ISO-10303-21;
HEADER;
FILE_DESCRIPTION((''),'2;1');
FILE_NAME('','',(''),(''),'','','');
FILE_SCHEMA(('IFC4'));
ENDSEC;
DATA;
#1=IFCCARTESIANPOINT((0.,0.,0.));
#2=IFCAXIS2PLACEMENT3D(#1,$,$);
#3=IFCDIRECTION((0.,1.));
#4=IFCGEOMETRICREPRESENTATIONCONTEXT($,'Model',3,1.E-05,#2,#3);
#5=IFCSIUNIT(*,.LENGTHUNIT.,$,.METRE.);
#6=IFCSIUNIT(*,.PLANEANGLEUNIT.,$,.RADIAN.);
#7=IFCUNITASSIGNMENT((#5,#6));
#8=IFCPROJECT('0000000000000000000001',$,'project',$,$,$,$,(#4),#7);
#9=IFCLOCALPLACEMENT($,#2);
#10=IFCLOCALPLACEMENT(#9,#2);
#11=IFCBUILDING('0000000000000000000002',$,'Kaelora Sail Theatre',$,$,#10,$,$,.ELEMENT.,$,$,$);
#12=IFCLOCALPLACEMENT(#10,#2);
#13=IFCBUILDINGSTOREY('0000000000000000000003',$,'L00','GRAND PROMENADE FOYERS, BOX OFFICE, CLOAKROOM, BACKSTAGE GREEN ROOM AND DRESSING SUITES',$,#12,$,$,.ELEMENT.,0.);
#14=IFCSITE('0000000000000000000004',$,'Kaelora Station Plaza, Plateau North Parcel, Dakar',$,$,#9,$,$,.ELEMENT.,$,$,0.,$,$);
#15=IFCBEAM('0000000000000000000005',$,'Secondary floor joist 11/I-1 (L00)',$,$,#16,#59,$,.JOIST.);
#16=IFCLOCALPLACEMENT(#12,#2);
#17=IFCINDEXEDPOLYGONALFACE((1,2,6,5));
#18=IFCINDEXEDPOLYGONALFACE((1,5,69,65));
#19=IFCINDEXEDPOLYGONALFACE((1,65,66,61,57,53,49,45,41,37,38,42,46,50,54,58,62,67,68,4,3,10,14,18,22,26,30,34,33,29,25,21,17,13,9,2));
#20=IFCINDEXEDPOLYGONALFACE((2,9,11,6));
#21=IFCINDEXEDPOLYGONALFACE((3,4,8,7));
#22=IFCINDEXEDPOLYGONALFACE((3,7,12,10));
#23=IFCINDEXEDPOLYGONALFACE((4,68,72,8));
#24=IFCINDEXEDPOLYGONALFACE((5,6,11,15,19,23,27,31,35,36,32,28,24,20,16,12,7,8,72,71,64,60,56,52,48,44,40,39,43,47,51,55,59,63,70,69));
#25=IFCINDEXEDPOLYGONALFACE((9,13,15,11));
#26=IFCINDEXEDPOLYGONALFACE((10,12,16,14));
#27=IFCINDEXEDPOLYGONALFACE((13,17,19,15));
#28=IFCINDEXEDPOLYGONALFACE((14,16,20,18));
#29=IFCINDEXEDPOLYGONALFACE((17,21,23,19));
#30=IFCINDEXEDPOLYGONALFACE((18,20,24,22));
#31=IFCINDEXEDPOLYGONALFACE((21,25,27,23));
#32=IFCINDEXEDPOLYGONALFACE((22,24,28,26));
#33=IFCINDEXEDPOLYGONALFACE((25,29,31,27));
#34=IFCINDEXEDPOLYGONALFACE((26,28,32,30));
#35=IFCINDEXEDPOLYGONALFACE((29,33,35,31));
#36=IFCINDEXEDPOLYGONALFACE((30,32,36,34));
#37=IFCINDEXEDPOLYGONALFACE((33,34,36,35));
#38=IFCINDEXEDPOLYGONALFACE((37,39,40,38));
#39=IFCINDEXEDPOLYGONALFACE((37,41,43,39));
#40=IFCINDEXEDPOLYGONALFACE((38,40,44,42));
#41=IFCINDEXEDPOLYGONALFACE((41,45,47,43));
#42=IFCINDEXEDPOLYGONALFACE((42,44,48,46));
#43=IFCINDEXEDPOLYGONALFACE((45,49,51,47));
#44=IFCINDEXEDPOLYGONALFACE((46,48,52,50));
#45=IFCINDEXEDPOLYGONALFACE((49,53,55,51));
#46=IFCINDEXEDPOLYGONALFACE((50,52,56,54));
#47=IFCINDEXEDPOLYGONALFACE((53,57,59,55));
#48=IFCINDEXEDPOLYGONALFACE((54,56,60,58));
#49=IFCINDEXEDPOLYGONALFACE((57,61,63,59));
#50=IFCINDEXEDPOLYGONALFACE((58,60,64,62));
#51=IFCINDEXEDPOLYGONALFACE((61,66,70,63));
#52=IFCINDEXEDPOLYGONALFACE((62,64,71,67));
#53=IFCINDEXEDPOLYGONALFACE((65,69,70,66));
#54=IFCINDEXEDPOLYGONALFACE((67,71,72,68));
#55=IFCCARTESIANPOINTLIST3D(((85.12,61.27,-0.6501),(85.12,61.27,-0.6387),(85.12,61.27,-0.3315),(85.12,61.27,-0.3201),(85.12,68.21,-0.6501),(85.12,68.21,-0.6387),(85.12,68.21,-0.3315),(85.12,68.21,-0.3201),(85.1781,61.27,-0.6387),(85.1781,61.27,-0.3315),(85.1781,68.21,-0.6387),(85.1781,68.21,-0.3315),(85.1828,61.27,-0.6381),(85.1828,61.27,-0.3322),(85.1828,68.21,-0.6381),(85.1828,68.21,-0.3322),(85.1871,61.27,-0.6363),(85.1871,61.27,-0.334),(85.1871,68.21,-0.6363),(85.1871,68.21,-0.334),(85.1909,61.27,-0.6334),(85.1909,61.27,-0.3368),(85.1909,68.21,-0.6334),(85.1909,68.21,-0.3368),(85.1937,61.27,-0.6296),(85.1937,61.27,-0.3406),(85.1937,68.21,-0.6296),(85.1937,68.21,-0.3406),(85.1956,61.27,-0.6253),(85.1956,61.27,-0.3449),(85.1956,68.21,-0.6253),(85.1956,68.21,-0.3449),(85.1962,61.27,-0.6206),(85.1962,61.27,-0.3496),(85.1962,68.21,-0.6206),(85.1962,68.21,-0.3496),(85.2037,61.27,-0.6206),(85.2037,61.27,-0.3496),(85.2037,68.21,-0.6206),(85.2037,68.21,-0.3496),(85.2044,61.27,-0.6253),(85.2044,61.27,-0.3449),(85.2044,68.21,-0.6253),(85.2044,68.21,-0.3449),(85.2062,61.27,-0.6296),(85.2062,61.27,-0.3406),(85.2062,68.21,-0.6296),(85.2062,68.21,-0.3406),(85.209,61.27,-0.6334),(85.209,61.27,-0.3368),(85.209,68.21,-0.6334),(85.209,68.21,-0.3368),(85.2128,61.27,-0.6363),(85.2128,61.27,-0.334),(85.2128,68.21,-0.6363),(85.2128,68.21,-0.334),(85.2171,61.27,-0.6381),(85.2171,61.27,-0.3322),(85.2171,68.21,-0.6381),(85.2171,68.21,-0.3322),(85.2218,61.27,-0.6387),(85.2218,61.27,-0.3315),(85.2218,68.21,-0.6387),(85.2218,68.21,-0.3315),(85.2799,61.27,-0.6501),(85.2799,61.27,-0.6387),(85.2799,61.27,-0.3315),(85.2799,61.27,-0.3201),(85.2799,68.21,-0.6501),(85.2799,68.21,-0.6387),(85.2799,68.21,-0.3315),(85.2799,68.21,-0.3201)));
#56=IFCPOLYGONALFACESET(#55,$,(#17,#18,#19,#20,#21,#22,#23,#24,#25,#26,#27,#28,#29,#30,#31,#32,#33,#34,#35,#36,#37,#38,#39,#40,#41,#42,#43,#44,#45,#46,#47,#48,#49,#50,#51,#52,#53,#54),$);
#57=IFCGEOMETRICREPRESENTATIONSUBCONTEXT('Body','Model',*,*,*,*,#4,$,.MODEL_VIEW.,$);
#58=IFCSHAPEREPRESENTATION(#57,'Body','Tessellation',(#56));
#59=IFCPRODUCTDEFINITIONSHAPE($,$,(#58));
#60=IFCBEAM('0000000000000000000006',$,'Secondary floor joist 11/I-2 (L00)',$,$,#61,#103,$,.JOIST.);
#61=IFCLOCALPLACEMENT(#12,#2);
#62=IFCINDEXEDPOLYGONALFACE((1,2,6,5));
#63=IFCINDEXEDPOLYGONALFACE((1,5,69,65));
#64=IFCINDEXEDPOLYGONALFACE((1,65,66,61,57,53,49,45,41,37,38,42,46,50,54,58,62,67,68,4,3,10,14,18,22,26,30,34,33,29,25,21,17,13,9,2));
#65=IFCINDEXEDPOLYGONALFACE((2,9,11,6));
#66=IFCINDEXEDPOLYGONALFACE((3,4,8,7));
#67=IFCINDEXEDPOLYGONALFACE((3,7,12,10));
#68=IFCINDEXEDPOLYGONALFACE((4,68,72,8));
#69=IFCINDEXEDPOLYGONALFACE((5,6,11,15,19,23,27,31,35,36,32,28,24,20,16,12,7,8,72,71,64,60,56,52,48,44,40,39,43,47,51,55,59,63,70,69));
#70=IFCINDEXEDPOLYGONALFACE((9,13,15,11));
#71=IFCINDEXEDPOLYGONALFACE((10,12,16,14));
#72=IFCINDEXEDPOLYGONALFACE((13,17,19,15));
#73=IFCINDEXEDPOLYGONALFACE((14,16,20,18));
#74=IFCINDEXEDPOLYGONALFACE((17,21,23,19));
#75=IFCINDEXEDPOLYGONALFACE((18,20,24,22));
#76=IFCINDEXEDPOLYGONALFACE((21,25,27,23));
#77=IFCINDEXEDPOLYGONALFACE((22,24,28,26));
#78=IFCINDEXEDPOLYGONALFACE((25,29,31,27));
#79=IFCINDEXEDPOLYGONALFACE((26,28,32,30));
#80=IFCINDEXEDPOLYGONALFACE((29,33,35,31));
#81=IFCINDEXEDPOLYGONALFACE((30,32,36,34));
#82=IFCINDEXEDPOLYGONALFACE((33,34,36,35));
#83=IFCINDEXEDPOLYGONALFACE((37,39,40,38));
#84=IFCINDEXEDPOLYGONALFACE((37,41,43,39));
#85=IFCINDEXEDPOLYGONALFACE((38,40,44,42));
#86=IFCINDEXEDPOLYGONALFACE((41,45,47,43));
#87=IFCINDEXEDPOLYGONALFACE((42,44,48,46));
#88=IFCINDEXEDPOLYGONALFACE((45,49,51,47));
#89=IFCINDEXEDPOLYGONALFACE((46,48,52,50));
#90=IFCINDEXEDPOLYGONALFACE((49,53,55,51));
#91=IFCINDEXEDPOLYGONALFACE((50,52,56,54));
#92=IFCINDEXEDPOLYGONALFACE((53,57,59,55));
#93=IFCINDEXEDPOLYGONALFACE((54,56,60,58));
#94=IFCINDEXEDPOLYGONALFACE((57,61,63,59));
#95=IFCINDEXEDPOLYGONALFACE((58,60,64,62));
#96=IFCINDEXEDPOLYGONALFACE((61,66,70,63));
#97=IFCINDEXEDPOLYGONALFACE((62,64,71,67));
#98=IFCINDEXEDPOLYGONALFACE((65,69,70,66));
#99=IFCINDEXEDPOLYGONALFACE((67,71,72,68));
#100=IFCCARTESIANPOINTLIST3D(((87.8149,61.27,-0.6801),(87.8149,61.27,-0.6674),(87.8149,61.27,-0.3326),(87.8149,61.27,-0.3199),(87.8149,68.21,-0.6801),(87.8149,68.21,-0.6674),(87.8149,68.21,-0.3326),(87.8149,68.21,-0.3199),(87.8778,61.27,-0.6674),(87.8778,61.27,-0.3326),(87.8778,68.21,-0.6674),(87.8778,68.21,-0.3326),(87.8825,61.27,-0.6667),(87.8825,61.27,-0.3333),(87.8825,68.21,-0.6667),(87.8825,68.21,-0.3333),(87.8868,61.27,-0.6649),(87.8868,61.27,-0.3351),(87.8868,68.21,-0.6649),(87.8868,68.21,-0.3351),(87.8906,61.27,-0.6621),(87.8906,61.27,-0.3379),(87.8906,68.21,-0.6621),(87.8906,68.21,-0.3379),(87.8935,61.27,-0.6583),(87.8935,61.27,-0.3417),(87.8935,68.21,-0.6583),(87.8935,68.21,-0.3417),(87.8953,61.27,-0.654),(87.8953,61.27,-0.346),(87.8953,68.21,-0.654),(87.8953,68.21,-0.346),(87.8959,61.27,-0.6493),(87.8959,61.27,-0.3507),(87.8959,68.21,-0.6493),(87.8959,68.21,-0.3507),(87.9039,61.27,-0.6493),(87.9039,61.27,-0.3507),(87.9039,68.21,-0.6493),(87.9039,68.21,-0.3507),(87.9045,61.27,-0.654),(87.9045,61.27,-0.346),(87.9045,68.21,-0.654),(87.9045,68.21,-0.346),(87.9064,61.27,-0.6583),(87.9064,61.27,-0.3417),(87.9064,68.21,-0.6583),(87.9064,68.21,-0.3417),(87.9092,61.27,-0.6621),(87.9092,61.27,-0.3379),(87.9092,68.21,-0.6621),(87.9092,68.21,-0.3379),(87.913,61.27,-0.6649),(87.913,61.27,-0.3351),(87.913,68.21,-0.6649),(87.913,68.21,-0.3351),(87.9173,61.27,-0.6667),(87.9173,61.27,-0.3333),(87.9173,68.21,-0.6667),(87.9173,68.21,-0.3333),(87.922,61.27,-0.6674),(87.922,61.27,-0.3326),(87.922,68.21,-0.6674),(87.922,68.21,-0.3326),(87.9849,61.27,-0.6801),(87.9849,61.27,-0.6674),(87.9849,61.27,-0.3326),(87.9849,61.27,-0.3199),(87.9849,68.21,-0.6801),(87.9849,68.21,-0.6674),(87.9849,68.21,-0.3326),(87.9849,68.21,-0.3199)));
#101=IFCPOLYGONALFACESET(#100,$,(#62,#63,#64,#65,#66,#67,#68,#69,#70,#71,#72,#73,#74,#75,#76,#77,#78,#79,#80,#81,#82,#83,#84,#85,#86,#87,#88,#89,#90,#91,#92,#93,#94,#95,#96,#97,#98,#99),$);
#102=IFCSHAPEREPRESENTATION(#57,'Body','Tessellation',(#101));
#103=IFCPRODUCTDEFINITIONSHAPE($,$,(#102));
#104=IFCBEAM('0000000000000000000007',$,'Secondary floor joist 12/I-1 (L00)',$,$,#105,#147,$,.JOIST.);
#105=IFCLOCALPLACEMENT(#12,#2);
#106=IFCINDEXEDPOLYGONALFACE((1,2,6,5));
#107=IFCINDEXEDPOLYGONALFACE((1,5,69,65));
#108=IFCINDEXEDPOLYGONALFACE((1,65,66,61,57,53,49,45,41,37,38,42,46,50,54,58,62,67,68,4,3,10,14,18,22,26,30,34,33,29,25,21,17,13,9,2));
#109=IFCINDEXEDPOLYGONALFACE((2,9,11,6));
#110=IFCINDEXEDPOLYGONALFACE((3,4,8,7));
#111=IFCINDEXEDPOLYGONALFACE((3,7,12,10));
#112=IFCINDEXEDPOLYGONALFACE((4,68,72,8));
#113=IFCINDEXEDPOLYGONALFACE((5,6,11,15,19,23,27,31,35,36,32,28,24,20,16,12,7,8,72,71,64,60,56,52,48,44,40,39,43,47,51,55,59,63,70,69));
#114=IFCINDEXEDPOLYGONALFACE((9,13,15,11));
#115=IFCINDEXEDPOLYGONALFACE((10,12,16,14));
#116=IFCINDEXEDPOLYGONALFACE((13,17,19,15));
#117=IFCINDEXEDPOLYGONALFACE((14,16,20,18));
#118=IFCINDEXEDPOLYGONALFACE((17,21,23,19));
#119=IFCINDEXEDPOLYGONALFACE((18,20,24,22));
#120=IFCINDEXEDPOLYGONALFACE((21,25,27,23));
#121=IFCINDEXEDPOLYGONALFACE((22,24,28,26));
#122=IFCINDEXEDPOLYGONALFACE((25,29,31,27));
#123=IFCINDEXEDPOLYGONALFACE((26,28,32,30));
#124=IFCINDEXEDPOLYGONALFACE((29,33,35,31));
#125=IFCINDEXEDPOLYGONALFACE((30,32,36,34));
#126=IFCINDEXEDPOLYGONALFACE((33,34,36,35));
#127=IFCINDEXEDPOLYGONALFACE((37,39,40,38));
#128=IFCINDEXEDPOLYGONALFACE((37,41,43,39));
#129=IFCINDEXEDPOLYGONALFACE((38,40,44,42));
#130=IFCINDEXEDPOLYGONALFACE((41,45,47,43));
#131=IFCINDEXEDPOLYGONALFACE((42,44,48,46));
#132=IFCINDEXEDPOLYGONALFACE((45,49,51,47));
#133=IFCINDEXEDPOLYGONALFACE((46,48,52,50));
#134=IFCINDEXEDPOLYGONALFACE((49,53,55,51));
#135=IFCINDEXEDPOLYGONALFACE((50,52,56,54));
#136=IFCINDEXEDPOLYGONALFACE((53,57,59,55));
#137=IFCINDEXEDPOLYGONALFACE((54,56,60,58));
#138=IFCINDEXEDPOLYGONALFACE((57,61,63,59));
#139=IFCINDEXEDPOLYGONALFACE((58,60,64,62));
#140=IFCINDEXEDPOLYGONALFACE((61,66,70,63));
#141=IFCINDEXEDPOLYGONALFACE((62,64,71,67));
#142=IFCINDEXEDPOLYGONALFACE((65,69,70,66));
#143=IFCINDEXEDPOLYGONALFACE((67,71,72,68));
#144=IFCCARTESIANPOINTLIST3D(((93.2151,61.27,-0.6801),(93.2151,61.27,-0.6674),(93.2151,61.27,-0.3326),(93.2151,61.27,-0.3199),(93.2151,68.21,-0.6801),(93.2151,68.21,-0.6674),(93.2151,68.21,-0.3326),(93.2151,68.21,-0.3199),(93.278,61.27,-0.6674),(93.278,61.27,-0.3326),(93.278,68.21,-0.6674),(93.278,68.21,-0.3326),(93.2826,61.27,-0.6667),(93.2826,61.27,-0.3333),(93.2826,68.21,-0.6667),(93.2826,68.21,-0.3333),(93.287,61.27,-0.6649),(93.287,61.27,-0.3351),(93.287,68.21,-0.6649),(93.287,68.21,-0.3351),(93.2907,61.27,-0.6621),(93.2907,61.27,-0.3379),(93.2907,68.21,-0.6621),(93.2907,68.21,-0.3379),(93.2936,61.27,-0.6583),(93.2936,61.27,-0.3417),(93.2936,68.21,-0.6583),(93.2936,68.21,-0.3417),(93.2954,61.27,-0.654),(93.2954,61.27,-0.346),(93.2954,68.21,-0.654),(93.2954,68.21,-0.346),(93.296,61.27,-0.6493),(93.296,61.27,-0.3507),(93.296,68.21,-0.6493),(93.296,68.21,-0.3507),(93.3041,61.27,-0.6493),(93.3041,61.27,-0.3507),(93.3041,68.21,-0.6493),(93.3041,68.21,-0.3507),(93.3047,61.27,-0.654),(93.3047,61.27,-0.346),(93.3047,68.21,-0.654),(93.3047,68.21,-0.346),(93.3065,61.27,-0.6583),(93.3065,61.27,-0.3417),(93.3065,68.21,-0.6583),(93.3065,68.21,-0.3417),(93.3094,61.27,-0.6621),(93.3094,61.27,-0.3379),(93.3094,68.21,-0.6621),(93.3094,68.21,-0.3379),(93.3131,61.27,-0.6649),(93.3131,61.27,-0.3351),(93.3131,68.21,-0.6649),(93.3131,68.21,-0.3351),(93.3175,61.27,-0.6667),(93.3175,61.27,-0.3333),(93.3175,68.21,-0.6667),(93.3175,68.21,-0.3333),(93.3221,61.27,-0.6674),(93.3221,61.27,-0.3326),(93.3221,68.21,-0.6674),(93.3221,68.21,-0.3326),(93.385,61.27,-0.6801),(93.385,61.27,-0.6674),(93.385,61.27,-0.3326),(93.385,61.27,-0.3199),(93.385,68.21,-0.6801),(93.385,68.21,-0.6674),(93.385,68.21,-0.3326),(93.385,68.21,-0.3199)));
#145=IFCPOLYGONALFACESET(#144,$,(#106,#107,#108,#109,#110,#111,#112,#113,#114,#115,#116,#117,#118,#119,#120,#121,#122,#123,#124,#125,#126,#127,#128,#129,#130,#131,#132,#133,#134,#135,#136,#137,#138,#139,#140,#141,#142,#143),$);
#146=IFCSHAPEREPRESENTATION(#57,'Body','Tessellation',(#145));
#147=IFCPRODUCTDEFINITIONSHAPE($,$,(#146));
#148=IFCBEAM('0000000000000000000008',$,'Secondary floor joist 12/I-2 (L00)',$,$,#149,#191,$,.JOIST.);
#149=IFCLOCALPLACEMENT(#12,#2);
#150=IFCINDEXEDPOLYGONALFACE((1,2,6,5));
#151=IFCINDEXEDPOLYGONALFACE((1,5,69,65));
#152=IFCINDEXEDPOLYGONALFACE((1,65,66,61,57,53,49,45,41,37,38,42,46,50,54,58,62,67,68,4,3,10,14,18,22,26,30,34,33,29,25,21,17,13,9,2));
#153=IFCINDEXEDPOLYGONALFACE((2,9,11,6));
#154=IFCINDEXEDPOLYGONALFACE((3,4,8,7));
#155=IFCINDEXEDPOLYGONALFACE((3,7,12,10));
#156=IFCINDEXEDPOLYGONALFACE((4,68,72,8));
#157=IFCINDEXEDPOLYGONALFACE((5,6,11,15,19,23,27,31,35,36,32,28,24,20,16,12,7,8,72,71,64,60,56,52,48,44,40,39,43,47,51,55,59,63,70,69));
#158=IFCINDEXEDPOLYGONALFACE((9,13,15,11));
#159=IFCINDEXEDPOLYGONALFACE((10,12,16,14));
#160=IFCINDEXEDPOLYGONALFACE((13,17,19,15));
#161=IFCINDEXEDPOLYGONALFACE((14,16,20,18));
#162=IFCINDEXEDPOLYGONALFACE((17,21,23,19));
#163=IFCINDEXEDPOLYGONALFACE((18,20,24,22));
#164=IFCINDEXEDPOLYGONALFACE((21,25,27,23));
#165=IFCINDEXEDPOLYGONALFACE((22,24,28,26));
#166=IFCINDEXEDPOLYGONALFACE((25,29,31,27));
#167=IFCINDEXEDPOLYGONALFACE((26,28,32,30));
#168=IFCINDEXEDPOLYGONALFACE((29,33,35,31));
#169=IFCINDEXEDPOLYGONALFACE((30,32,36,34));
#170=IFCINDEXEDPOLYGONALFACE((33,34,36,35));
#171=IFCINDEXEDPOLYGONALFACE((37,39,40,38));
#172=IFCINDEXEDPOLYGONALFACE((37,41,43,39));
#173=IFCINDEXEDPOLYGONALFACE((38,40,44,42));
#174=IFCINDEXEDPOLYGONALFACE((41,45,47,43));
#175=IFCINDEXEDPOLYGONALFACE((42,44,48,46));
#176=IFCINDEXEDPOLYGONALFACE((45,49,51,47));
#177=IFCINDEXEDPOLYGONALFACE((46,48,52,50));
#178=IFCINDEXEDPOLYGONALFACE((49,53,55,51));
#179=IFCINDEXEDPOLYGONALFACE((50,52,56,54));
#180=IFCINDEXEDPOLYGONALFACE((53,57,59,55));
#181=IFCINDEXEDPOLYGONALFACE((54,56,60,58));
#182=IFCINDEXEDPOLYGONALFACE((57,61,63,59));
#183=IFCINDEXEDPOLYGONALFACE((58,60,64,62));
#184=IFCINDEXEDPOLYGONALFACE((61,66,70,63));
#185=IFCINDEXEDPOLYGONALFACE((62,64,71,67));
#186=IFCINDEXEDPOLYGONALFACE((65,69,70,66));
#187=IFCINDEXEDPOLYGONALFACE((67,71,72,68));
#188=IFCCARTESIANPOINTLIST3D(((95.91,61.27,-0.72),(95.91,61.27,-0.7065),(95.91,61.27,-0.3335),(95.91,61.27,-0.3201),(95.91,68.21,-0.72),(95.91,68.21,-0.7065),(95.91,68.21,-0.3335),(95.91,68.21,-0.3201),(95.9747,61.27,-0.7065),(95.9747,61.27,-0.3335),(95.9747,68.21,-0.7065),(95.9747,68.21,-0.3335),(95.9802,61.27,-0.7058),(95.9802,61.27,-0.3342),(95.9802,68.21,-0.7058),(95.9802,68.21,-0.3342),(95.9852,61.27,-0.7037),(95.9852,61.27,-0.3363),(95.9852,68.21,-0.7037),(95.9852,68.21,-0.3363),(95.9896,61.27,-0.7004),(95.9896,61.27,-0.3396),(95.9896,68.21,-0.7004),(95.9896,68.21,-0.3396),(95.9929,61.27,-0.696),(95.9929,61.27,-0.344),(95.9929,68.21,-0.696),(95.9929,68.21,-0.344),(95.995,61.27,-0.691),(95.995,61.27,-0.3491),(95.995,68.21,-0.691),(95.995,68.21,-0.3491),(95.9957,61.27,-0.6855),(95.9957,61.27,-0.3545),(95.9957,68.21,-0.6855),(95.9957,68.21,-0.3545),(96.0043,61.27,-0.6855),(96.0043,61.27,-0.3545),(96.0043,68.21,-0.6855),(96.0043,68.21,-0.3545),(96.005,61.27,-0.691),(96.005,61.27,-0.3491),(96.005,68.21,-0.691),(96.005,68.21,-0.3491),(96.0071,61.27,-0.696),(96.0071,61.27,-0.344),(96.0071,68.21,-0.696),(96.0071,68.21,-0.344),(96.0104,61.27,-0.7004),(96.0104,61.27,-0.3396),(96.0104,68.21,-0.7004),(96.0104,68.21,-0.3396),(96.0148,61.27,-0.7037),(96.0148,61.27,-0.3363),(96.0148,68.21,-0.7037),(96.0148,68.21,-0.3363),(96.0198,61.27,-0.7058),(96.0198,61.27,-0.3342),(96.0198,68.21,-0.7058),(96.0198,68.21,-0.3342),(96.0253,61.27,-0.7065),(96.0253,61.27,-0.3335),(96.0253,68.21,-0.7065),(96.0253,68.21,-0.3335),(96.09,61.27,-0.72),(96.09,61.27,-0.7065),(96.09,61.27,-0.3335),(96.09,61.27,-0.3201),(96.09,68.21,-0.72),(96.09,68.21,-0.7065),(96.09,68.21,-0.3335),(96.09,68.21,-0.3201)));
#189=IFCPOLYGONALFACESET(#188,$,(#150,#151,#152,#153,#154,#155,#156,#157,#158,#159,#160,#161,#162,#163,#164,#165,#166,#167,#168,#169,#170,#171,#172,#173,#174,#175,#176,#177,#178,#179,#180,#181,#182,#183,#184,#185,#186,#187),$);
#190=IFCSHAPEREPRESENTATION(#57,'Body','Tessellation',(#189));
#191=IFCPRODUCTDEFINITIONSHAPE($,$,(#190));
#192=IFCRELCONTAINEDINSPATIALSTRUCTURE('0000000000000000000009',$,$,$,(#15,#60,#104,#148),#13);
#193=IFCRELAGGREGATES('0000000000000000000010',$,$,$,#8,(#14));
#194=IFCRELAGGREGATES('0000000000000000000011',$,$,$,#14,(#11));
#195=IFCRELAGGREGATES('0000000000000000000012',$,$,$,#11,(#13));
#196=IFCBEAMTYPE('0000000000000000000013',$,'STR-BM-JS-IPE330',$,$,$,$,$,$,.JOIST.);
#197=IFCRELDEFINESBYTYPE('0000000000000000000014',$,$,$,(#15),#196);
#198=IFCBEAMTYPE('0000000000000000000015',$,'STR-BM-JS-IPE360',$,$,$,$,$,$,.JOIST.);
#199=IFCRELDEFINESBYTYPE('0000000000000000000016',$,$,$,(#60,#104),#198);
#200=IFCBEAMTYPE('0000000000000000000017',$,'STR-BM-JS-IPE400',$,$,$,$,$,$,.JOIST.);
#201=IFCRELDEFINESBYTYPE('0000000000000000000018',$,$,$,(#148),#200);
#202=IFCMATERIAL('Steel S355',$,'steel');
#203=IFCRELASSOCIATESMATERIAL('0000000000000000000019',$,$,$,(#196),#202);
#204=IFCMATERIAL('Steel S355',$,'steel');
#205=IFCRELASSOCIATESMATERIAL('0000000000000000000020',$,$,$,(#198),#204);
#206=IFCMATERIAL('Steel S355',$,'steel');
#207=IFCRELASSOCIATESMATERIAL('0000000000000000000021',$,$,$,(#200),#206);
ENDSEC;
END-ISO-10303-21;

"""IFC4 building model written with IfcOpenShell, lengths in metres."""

from ifc_helpers import new_model, si_unit, direction, frame, origin, origin_2d, place, context, subcontext, project, spatial, i_section, extrude, material, material_profile, profile_set, type_object, element, save


model = new_model("IFC4")

# Units and contexts
model_context = context("Model", 3, precision=1e-05, world=origin(), true_north=direction((0.0, 1.0)))
body_context = subcontext(model_context, "Body", "Model", "MODEL_VIEW")
ifc_project = project(units=[si_unit("LENGTHUNIT", "METRE"), si_unit("PLANEANGLEUNIT", "RADIAN")], contexts=[model_context])

# Site, building, storey
site_placement = place(None, origin())
site = spatial("IfcSite", under=ifc_project, at=site_placement, Name="Kaelora Station Plaza, Plateau North Parcel, Dakar", CompositionType="ELEMENT", RefElevation=0.0)
building_placement = place(site_placement, origin())
building = spatial("IfcBuilding", under=site, at=building_placement, Name="Kaelora Sail Theatre", CompositionType="ELEMENT")
storey_placement = place(building_placement, origin())
storey = spatial("IfcBuildingStorey", under=building, at=storey_placement, Name="L00", Description="GRAND PROMENADE FOYERS, BOX OFFICE, CLOAKROOM, BACKSTAGE GREEN ROOM AND DRESSING SUITES", CompositionType="ELEMENT", Elevation=0.0)

# Beams
ifc_material_1 = material(Name="Steel S355", Category="steel")
ifc_material_profile_1 = material_profile(ifc_material_1, i_section(OverallWidth=0.1599, OverallDepth=0.3301, WebThickness=0.0076, FlangeThickness=0.0115, FilletRadius=0.0181, at=origin_2d()), Name="IPE 330")
ifc_profile_set_1 = profile_set([ifc_material_profile_1], Name="Steel S355")
beam_type_1 = type_object("IfcBeamType", Name="STR-BM-JS-IPE330", PredefinedType="JOIST", material=ifc_profile_set_1)
beam_1_placement = place(storey_placement, frame((85.2, 61.27, -0.4851), z_axis=(0.0, 1.0, 0.0), x_axis=(-1.0, 0.0, 0.0)))
element("IfcBeam", 1, at=beam_1_placement, inside=storey, type_object=beam_type_1, Name="Secondary floor joist 11/I-1 (L00)", PredefinedType="JOIST", context=body_context, shape_type="SweptSolid", body=[
    extrude(i_section(OverallWidth=0.1599, OverallDepth=0.3301, WebThickness=0.0076, FlangeThickness=0.0115, FilletRadius=0.0181, at=origin_2d()), origin(), (0.0, 0.0, 1.0), 6.9399),
])
ifc_material_2 = material(Name="Steel S355", Category="steel")
ifc_material_profile_2 = material_profile(ifc_material_2, i_section(OverallWidth=0.1699, OverallDepth=0.3601, WebThickness=0.0081, FlangeThickness=0.0127, FilletRadius=0.0181, at=origin_2d()), Name="IPE 360")
ifc_profile_set_2 = profile_set([ifc_material_profile_2], Name="Steel S355")
beam_type_2 = type_object("IfcBeamType", Name="STR-BM-JS-IPE360", PredefinedType="JOIST", material=ifc_profile_set_2)
for number, where, z_axis, x_axis, name in (
    (2, (87.8999, 61.27, -0.5), (0.0, 1.0, 0.0), (-1.0, 0.0, 0.0), "Secondary floor joist 11/I-2 (L00)"),
    (3, (93.3, 61.27, -0.5), (0.0, 1.0, 0.0), (-1.0, 0.0, 0.0), "Secondary floor joist 12/I-1 (L00)"),
):
    element("IfcBeam", number, at=place(storey_placement, frame(where, z_axis=z_axis, x_axis=x_axis)), inside=storey, type_object=beam_type_2, Name=name, PredefinedType="JOIST", context=body_context, shape_type="SweptSolid", body=[
        extrude(i_section(OverallWidth=0.1699, OverallDepth=0.3601, WebThickness=0.0081, FlangeThickness=0.0127, FilletRadius=0.0181, at=origin_2d()), origin(), (0.0, 0.0, 1.0), 6.9399),
    ])
ifc_material_3 = material(Name="Steel S355", Category="steel")
ifc_material_profile_3 = material_profile(ifc_material_3, i_section(OverallWidth=0.1799, OverallDepth=0.3999, WebThickness=0.0085, FlangeThickness=0.0134, FilletRadius=0.021, at=origin_2d()), Name="IPE 400")
ifc_profile_set_3 = profile_set([ifc_material_profile_3], Name="Steel S355")
beam_type_3 = type_object("IfcBeamType", Name="STR-BM-JS-IPE400", PredefinedType="JOIST", material=ifc_profile_set_3)
beam_2_placement = place(storey_placement, frame((96.0, 61.27, -0.52), z_axis=(0.0, 1.0, 0.0), x_axis=(-1.0, 0.0, 0.0)))
element("IfcBeam", 4, at=beam_2_placement, inside=storey, type_object=beam_type_3, Name="Secondary floor joist 12/I-2 (L00)", PredefinedType="JOIST", context=body_context, shape_type="SweptSolid", body=[
    extrude(i_section(OverallWidth=0.1799, OverallDepth=0.3999, WebThickness=0.0085, FlangeThickness=0.0134, FilletRadius=0.021, at=origin_2d()), origin(), (0.0, 0.0, 1.0), 6.9399),
])

save(model, "model.ifc")
